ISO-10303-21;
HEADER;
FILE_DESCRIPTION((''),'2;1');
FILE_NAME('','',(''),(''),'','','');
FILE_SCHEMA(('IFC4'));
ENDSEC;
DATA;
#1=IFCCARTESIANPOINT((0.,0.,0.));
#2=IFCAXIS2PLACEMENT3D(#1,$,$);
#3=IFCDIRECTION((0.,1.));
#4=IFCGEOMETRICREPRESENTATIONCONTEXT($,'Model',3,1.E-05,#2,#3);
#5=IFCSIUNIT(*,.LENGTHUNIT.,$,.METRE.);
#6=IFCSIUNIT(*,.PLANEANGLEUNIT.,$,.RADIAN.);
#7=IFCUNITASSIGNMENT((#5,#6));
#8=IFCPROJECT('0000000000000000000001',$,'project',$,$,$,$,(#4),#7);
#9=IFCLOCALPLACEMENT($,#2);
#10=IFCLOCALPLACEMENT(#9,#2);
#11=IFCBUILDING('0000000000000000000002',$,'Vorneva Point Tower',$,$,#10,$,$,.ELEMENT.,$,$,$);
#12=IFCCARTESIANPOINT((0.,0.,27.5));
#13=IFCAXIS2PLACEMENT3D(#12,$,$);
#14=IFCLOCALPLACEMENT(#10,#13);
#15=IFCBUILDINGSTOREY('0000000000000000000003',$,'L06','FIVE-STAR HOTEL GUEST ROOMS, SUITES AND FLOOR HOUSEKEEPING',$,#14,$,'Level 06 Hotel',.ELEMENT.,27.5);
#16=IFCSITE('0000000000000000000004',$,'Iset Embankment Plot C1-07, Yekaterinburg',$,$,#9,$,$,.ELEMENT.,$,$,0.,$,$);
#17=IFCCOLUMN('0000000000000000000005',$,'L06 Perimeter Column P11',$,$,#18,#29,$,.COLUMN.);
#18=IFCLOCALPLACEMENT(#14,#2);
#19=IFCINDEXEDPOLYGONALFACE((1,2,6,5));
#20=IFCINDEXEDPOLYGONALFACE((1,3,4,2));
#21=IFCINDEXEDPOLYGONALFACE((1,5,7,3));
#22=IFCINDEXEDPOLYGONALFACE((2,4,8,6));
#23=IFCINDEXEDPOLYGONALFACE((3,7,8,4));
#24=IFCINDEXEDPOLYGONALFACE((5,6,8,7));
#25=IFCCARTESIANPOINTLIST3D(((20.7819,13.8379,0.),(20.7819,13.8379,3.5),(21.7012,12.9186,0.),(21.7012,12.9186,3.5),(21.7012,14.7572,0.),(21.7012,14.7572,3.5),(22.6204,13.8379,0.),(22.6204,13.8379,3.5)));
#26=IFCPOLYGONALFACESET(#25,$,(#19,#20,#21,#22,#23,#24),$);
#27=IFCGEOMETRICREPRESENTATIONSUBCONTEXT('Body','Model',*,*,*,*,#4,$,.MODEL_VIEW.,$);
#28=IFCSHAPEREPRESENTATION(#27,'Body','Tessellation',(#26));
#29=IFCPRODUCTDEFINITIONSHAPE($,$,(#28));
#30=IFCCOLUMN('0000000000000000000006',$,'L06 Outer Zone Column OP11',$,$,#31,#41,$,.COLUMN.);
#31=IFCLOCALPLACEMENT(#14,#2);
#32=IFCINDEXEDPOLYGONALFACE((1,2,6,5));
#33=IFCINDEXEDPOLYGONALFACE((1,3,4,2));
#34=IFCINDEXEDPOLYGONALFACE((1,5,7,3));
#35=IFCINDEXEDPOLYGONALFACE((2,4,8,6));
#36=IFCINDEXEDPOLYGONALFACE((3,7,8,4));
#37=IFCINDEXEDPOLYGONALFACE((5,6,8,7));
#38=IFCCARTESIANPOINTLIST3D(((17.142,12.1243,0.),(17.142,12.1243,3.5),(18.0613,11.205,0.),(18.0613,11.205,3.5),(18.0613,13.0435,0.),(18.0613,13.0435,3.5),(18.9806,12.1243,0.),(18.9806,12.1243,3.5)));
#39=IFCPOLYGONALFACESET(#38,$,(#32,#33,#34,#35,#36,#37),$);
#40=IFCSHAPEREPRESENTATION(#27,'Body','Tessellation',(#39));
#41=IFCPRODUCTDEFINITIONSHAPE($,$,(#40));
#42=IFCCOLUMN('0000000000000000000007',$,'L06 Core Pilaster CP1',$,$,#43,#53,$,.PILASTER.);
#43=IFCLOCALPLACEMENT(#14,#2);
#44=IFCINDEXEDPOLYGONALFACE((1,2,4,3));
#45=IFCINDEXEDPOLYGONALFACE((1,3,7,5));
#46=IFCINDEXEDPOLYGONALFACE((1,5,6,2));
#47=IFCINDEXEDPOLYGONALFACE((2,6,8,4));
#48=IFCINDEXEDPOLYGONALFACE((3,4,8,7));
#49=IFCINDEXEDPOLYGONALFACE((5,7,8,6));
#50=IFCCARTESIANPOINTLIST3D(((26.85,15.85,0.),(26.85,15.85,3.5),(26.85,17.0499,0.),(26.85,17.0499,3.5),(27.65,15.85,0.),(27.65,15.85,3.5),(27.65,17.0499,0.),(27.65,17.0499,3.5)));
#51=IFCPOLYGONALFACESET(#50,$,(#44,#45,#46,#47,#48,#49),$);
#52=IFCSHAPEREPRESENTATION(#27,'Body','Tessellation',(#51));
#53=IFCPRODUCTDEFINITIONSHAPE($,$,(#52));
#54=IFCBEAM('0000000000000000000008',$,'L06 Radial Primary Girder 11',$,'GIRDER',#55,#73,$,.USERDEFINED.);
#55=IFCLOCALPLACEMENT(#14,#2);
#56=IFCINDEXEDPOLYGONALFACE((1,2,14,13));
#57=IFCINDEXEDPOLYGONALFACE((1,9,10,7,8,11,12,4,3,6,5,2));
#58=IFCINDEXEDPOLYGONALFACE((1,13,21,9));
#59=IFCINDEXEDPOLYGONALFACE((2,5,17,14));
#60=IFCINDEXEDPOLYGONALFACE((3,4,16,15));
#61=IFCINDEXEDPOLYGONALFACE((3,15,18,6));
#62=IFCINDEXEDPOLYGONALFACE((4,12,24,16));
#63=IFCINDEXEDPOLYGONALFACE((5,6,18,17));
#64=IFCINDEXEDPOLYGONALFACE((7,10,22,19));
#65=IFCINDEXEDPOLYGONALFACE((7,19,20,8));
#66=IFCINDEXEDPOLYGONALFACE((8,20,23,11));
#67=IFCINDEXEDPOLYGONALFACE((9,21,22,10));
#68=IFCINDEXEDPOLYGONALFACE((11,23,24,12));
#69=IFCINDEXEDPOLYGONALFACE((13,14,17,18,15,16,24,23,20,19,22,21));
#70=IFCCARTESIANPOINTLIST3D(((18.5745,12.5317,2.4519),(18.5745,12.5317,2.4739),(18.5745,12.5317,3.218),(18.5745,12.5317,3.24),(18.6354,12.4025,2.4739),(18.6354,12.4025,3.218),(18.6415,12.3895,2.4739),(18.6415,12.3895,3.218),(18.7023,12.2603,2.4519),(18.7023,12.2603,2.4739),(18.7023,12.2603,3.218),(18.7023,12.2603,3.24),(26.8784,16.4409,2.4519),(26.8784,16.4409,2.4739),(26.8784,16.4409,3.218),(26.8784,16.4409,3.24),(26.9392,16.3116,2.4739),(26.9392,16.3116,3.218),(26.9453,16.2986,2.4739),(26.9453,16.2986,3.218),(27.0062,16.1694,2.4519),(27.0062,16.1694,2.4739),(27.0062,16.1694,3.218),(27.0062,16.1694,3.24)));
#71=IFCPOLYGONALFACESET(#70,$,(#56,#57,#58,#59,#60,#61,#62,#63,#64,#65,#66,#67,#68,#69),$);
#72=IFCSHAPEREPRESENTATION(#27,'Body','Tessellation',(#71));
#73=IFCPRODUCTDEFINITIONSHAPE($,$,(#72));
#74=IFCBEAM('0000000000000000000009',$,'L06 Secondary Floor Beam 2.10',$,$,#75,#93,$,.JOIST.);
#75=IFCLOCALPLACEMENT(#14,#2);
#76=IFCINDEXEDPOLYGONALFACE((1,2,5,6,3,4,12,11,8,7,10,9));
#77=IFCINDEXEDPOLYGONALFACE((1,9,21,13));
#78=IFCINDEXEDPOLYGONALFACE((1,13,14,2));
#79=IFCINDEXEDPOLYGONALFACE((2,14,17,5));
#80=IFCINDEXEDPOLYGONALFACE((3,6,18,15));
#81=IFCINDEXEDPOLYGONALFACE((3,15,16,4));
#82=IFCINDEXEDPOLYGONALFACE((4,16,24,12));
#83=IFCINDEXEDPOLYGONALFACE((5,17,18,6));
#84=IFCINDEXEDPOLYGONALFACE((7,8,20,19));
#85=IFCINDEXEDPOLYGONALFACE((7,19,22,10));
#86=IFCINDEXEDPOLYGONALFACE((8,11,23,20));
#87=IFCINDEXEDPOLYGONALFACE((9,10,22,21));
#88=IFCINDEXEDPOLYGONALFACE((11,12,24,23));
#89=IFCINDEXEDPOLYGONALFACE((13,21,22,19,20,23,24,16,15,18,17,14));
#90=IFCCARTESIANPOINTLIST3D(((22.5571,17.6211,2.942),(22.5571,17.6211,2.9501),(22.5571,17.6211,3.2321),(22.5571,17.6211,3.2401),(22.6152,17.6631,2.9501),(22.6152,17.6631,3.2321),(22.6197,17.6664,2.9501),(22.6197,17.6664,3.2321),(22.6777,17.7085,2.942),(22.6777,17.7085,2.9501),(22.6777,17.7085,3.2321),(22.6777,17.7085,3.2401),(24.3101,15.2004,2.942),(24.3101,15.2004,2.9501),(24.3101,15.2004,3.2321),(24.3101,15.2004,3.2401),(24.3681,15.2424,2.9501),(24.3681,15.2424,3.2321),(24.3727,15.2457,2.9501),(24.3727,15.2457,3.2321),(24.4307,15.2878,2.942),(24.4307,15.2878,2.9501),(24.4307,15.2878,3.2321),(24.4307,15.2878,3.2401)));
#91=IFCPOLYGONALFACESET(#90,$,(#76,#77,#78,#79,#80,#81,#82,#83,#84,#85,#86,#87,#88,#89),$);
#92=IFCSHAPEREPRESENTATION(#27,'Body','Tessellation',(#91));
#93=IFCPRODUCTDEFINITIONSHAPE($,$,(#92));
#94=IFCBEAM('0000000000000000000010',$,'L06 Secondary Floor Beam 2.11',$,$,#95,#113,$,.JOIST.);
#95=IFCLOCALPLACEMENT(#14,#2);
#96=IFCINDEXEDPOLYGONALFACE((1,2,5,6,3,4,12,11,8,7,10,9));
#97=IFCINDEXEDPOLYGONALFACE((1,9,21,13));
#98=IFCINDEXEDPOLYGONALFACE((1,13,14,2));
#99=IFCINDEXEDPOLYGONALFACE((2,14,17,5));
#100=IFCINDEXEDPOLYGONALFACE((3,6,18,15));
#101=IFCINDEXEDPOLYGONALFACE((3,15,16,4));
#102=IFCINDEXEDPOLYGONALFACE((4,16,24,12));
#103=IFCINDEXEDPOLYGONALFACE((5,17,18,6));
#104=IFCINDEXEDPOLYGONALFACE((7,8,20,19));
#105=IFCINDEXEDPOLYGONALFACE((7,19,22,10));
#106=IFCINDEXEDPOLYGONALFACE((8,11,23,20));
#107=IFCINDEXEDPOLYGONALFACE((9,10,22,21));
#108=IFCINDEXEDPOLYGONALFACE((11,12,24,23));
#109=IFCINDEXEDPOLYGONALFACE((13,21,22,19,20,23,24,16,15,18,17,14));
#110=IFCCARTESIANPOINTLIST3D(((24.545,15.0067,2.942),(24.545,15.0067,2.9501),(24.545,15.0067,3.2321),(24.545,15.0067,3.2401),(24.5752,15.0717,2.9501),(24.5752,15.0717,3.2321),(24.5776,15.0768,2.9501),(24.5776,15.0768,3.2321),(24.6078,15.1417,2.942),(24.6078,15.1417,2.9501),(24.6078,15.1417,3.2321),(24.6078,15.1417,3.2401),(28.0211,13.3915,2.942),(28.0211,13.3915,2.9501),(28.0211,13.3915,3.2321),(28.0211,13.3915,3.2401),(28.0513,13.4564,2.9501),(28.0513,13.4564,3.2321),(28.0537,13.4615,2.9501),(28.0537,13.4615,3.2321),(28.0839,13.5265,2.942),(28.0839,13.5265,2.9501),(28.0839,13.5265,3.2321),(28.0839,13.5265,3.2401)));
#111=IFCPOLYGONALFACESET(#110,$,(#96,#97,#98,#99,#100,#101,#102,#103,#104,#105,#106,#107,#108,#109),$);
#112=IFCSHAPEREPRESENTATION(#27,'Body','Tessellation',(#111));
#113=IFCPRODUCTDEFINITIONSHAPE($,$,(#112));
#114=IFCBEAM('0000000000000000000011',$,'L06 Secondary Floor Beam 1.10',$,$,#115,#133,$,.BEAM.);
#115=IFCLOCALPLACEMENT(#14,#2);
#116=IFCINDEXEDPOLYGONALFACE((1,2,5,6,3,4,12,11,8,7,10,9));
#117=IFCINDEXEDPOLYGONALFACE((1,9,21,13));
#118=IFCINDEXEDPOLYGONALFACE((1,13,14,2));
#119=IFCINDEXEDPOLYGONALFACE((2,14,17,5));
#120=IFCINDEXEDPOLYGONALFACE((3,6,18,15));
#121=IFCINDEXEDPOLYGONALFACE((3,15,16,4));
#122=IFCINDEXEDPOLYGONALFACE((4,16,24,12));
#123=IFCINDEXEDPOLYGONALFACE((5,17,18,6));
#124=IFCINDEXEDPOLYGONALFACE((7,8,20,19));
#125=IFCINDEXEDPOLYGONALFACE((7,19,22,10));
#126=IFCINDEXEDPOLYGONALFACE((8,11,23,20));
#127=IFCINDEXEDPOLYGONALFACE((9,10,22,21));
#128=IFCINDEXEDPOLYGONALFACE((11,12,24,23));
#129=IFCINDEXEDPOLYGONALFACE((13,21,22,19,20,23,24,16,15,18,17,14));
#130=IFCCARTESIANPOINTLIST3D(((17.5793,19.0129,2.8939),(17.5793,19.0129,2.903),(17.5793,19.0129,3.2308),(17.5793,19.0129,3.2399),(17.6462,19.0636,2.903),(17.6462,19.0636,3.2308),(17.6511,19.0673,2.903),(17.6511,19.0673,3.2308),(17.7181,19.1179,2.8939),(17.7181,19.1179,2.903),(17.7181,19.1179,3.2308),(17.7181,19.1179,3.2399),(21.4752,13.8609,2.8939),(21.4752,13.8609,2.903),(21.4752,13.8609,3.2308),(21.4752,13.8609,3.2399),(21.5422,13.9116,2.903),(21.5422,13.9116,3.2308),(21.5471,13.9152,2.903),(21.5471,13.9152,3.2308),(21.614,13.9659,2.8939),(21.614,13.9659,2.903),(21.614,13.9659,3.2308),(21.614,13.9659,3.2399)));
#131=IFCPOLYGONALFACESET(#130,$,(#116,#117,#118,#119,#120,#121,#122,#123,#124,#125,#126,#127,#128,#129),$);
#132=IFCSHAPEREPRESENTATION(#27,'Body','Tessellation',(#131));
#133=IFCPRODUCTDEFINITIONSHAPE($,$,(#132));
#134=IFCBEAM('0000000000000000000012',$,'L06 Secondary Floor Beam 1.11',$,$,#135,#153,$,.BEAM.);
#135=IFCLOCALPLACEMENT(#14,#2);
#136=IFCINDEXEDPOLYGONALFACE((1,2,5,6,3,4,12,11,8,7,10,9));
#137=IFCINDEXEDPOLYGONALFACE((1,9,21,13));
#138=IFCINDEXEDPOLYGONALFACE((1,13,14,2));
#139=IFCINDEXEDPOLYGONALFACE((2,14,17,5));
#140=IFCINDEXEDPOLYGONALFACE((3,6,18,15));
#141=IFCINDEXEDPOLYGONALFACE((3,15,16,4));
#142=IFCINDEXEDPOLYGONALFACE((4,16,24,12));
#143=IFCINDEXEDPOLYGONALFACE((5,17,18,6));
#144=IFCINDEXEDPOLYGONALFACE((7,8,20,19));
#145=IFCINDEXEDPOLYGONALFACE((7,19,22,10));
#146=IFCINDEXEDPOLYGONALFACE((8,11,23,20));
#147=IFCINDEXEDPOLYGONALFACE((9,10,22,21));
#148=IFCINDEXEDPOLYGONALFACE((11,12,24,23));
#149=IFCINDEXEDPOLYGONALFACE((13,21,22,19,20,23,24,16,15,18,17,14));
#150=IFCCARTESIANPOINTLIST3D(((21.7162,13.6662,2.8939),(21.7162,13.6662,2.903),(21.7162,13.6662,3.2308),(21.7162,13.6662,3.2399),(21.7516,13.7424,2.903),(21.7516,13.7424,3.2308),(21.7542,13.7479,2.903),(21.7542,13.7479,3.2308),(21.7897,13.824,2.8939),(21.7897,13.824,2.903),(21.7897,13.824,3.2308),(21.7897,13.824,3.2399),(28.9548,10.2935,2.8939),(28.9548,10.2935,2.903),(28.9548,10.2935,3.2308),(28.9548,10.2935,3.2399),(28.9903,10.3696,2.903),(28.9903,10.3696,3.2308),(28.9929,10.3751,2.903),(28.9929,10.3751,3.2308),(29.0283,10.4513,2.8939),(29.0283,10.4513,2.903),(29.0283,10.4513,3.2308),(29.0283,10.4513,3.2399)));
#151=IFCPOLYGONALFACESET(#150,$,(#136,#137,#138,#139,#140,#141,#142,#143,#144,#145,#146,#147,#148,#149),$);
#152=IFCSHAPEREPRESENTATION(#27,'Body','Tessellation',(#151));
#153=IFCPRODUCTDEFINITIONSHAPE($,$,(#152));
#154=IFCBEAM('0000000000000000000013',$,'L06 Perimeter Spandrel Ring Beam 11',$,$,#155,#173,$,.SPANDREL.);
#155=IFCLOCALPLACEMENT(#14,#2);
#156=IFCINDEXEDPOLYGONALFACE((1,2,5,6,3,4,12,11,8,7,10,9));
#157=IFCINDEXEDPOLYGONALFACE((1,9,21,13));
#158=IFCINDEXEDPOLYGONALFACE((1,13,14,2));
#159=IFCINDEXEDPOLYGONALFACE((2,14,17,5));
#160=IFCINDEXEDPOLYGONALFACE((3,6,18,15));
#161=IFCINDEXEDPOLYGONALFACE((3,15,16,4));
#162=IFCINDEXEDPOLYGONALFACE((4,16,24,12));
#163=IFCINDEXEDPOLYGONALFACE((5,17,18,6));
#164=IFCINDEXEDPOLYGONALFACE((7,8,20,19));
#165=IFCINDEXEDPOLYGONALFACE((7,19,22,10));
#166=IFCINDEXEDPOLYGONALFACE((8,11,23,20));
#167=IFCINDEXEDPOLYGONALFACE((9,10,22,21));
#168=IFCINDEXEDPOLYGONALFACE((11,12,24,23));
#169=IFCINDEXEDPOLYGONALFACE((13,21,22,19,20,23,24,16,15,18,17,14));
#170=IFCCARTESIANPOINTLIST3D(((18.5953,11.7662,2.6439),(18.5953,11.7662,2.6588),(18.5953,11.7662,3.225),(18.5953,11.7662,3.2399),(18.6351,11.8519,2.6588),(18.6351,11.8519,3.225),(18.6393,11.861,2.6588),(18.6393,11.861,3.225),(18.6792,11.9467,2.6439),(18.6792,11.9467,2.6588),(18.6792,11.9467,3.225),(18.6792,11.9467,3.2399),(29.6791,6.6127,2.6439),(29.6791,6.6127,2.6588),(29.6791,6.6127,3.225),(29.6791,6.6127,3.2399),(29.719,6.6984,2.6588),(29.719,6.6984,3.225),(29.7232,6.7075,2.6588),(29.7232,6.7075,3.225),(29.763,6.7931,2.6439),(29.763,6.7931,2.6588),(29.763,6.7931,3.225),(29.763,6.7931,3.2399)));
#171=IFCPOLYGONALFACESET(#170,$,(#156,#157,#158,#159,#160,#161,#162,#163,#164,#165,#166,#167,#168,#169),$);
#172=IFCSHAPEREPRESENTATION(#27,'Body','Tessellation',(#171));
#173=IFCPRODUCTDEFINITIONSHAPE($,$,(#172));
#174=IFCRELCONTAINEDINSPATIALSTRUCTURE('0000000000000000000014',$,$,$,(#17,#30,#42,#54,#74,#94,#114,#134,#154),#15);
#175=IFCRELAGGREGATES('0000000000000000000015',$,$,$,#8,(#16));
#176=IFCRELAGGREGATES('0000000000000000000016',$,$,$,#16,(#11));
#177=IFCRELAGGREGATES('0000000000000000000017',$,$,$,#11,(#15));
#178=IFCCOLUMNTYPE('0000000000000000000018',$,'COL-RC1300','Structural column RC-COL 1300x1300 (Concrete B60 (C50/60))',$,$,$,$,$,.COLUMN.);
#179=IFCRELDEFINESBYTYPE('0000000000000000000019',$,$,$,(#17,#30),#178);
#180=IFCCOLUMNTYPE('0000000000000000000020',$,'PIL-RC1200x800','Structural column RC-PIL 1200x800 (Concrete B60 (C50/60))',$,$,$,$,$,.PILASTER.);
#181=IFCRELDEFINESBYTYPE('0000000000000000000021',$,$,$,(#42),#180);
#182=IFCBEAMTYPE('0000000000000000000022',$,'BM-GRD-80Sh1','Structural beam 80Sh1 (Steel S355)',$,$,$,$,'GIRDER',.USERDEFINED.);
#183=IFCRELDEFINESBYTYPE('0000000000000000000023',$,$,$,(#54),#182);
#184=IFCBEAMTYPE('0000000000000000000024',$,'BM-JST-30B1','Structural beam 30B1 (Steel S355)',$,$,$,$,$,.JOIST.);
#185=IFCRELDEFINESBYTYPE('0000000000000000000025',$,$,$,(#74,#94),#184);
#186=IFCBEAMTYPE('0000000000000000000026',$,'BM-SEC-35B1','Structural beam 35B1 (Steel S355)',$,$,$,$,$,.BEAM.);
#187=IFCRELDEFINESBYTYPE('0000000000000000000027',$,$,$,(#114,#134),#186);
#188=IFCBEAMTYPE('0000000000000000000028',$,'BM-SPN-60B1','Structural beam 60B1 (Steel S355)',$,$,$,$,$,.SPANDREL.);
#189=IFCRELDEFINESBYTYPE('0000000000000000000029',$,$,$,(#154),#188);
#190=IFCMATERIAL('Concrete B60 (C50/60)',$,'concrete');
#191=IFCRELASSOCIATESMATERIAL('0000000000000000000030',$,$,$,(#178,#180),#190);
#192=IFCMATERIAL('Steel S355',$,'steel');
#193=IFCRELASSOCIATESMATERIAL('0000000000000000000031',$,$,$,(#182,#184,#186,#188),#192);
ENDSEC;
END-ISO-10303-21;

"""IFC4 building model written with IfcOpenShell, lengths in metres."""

from ifc_helpers import new_model, si_unit, direction, frame, origin, origin_2d, place, context, subcontext, project, spatial, rectangle, i_section, extrude, material, material_profile, profile_set, type_object, element, save


model = new_model("IFC4")

# Units and contexts
model_context = context("Model", 3, precision=1e-05, world=origin(), true_north=direction((0.0, 1.0)))
body_context = subcontext(model_context, "Body", "Model", "MODEL_VIEW")
ifc_project = project(units=[si_unit("LENGTHUNIT", "METRE"), si_unit("PLANEANGLEUNIT", "RADIAN")], contexts=[model_context])

# Site, building, storey
site_placement = place(None, origin())
site = spatial("IfcSite", under=ifc_project, at=site_placement, Name="Iset Embankment Plot C1-07, Yekaterinburg", CompositionType="ELEMENT", RefElevation=0.0)
building_placement = place(site_placement, origin())
building = spatial("IfcBuilding", under=site, at=building_placement, Name="Vorneva Point Tower", CompositionType="ELEMENT")
storey_placement = place(building_placement, frame((0.0, 0.0, 27.5)))
storey = spatial("IfcBuildingStorey", under=building, at=storey_placement, Name="L06", Description="FIVE-STAR HOTEL GUEST ROOMS, SUITES AND FLOOR HOUSEKEEPING", LongName="Level 06 Hotel", CompositionType="ELEMENT", Elevation=27.5)

# Columns
ifc_material_1 = material(Name="Concrete B60 (C50/60)", Category="concrete")
ifc_material_profile_1 = material_profile(ifc_material_1, rectangle(XDim=1.3, YDim=1.3, at=origin_2d()), Name="RC-COL 1300x1300")
ifc_profile_set_1 = profile_set([ifc_material_profile_1], Name="Concrete B60 (C50/60)")
column_type_1 = type_object("IfcColumnType", Name="COL-RC1300", Description="Structural column RC-COL 1300x1300 (Concrete B60 (C50/60))", PredefinedType="COLUMN", material=ifc_profile_set_1)
for number, where, z_axis, x_axis, name in (
    (1, (21.7012, 13.8379, 0.0), (0.0, 0.0, 1.0), (-0.707107, -0.707107, 0.0), "L06 Perimeter Column P11"),
    (2, (18.0613, 12.1243, 0.0), (0.0, 0.0, 1.0), (-0.707107, -0.707107, 0.0), "L06 Outer Zone Column OP11"),
):
    element("IfcColumn", number, at=place(storey_placement, frame(where, z_axis=z_axis, x_axis=x_axis)), inside=storey, type_object=column_type_1, Name=name, PredefinedType="COLUMN", context=body_context, shape_type="SweptSolid", body=[
        extrude(rectangle(XDim=1.3, YDim=1.3, at=origin_2d()), origin(), (0.0, 0.0, 1.0), 3.5),
    ])
ifc_material_profile_2 = material_profile(ifc_material_1, rectangle(XDim=0.8, YDim=1.2, at=origin_2d()), Name="RC-PIL 1200x800")
ifc_profile_set_2 = profile_set([ifc_material_profile_2], Name="Concrete B60 (C50/60)")
column_type_2 = type_object("IfcColumnType", Name="PIL-RC1200x800", Description="Structural column RC-PIL 1200x800 (Concrete B60 (C50/60))", PredefinedType="PILASTER", material=ifc_profile_set_2)
column_placement = place(storey_placement, frame((27.25, 16.45, 0.0), z_axis=(0.0, 0.0, 1.0), x_axis=(1.0, 0.0, 0.0)))
element("IfcColumn", 3, at=column_placement, inside=storey, type_object=column_type_2, Name="L06 Core Pilaster CP1", PredefinedType="PILASTER", context=body_context, shape_type="SweptSolid", body=[
    extrude(rectangle(XDim=0.8, YDim=1.2, at=origin_2d()), origin(), (0.0, 0.0, 1.0), 3.5),
])

# Beams
ifc_material_2 = material(Name="Steel S355", Category="steel")
ifc_material_profile_3 = material_profile(ifc_material_2, i_section(OverallWidth=0.3, OverallDepth=0.7881, WebThickness=0.0144, FlangeThickness=0.022, at=origin_2d()), Name="80Sh1")
ifc_profile_set_3 = profile_set([ifc_material_profile_3], Name="Steel S355")
beam_type_1 = type_object("IfcBeamType", Name="BM-GRD-80Sh1", Description="Structural beam 80Sh1 (Steel S355)", ElementType="GIRDER", PredefinedType="USERDEFINED", material=ifc_profile_set_3)
beam_1_placement = place(storey_placement, frame((18.6384, 12.396, 2.8459), z_axis=(0.904758, 0.425925, 0.0), x_axis=(-0.425925, 0.904758, 0.0)))
element("IfcBeam", 4, at=beam_1_placement, inside=storey, type_object=beam_type_1, Name="L06 Radial Primary Girder 11", ObjectType="GIRDER", PredefinedType="USERDEFINED", context=body_context, shape_type="SweptSolid", body=[
    extrude(i_section(OverallWidth=0.3, OverallDepth=0.7881, WebThickness=0.0144, FlangeThickness=0.022, at=origin_2d()), origin(), (0.0, 0.0, 1.0), 9.178),
])
ifc_material_profile_4 = material_profile(ifc_material_2, i_section(OverallWidth=0.1489, OverallDepth=0.2981, WebThickness=0.0056, FlangeThickness=0.0081, at=origin_2d()), Name="30B1")
ifc_profile_set_4 = profile_set([ifc_material_profile_4], Name="Steel S355")
beam_type_2 = type_object("IfcBeamType", Name="BM-JST-30B1", Description="Structural beam 30B1 (Steel S355)", PredefinedType="JOIST", material=ifc_profile_set_4)
beam_2_placement = place(storey_placement, frame((22.6174, 17.6648, 3.0911), z_axis=(0.586519, -0.809935, 0.0), x_axis=(0.809935, 0.586519, 0.0)))
element("IfcBeam", 5, at=beam_2_placement, inside=storey, type_object=beam_type_2, Name="L06 Secondary Floor Beam 2.10", PredefinedType="JOIST", context=body_context, shape_type="SweptSolid", body=[
    extrude(i_section(OverallWidth=0.1489, OverallDepth=0.2981, WebThickness=0.0056, FlangeThickness=0.0081, at=origin_2d()), origin(), (0.0, 0.0, 1.0), 2.9888),
])
beam_3_placement = place(storey_placement, frame((24.5764, 15.0742, 3.0911), z_axis=(0.906875, -0.421399, 0.0), x_axis=(0.421399, 0.906875, 0.0)))
element("IfcBeam", 6, at=beam_3_placement, inside=storey, type_object=beam_type_2, Name="L06 Secondary Floor Beam 2.11", PredefinedType="JOIST", context=body_context, shape_type="SweptSolid", body=[
    extrude(i_section(OverallWidth=0.1489, OverallDepth=0.2981, WebThickness=0.0056, FlangeThickness=0.0081, at=origin_2d()), origin(), (0.0, 0.0, 1.0), 3.833),
])
ifc_material_profile_5 = material_profile(ifc_material_2, i_section(OverallWidth=0.1741, OverallDepth=0.3459, WebThickness=0.0061, FlangeThickness=0.009, at=origin_2d()), Name="35B1")
ifc_profile_set_5 = profile_set([ifc_material_profile_5], Name="Steel S355")
beam_type_3 = type_object("IfcBeamType", Name="BM-SEC-35B1", Description="Structural beam 35B1 (Steel S355)", PredefinedType="BEAM", material=ifc_profile_set_5)
beam_4_placement = place(storey_placement, frame((17.6487, 19.0654, 3.0669), z_axis=(0.603158, -0.797622, 0.0), x_axis=(0.797622, 0.603158, 0.0)))
element("IfcBeam", 7, at=beam_4_placement, inside=storey, type_object=beam_type_3, Name="L06 Secondary Floor Beam 1.10", PredefinedType="BEAM", context=body_context, shape_type="SweptSolid", body=[
    extrude(i_section(OverallWidth=0.1741, OverallDepth=0.3459, WebThickness=0.0061, FlangeThickness=0.009, at=origin_2d()), origin(), (0.0, 0.0, 1.0), 6.4592),
])
beam_5_placement = place(storey_placement, frame((21.7529, 13.7451, 3.0669), z_axis=(0.906437, -0.422341, 0.0), x_axis=(0.422341, 0.906437, 0.0)))
element("IfcBeam", 8, at=beam_5_placement, inside=storey, type_object=beam_type_3, Name="L06 Secondary Floor Beam 1.11", PredefinedType="BEAM", context=body_context, shape_type="SweptSolid", body=[
    extrude(i_section(OverallWidth=0.1741, OverallDepth=0.3459, WebThickness=0.0061, FlangeThickness=0.009, at=origin_2d()), origin(), (0.0, 0.0, 1.0), 7.9858),
])
ifc_material_profile_6 = material_profile(ifc_material_2, i_section(OverallWidth=0.199, OverallDepth=0.5959, WebThickness=0.01, FlangeThickness=0.0149, at=origin_2d()), Name="60B1")
ifc_profile_set_6 = profile_set([ifc_material_profile_6], Name="Steel S355")
beam_type_4 = type_object("IfcBeamType", Name="BM-SPN-60B1", Description="Structural beam 60B1 (Steel S355)", PredefinedType="SPANDREL", material=ifc_profile_set_6)
beam_6_placement = place(storey_placement, frame((18.6372, 11.8564, 2.9419), z_axis=(0.906777, -0.421611, 0.0), x_axis=(0.421611, 0.906777, 0.0)))
element("IfcBeam", 9, at=beam_6_placement, inside=storey, type_object=beam_type_4, Name="L06 Perimeter Spandrel Ring Beam 11", PredefinedType="SPANDREL", context=body_context, shape_type="SweptSolid", body=[
    extrude(i_section(OverallWidth=0.199, OverallDepth=0.5959, WebThickness=0.01, FlangeThickness=0.0149, at=origin_2d()), origin(), (0.0, 0.0, 1.0), 12.2234),
])

save(model, "model.ifc")
